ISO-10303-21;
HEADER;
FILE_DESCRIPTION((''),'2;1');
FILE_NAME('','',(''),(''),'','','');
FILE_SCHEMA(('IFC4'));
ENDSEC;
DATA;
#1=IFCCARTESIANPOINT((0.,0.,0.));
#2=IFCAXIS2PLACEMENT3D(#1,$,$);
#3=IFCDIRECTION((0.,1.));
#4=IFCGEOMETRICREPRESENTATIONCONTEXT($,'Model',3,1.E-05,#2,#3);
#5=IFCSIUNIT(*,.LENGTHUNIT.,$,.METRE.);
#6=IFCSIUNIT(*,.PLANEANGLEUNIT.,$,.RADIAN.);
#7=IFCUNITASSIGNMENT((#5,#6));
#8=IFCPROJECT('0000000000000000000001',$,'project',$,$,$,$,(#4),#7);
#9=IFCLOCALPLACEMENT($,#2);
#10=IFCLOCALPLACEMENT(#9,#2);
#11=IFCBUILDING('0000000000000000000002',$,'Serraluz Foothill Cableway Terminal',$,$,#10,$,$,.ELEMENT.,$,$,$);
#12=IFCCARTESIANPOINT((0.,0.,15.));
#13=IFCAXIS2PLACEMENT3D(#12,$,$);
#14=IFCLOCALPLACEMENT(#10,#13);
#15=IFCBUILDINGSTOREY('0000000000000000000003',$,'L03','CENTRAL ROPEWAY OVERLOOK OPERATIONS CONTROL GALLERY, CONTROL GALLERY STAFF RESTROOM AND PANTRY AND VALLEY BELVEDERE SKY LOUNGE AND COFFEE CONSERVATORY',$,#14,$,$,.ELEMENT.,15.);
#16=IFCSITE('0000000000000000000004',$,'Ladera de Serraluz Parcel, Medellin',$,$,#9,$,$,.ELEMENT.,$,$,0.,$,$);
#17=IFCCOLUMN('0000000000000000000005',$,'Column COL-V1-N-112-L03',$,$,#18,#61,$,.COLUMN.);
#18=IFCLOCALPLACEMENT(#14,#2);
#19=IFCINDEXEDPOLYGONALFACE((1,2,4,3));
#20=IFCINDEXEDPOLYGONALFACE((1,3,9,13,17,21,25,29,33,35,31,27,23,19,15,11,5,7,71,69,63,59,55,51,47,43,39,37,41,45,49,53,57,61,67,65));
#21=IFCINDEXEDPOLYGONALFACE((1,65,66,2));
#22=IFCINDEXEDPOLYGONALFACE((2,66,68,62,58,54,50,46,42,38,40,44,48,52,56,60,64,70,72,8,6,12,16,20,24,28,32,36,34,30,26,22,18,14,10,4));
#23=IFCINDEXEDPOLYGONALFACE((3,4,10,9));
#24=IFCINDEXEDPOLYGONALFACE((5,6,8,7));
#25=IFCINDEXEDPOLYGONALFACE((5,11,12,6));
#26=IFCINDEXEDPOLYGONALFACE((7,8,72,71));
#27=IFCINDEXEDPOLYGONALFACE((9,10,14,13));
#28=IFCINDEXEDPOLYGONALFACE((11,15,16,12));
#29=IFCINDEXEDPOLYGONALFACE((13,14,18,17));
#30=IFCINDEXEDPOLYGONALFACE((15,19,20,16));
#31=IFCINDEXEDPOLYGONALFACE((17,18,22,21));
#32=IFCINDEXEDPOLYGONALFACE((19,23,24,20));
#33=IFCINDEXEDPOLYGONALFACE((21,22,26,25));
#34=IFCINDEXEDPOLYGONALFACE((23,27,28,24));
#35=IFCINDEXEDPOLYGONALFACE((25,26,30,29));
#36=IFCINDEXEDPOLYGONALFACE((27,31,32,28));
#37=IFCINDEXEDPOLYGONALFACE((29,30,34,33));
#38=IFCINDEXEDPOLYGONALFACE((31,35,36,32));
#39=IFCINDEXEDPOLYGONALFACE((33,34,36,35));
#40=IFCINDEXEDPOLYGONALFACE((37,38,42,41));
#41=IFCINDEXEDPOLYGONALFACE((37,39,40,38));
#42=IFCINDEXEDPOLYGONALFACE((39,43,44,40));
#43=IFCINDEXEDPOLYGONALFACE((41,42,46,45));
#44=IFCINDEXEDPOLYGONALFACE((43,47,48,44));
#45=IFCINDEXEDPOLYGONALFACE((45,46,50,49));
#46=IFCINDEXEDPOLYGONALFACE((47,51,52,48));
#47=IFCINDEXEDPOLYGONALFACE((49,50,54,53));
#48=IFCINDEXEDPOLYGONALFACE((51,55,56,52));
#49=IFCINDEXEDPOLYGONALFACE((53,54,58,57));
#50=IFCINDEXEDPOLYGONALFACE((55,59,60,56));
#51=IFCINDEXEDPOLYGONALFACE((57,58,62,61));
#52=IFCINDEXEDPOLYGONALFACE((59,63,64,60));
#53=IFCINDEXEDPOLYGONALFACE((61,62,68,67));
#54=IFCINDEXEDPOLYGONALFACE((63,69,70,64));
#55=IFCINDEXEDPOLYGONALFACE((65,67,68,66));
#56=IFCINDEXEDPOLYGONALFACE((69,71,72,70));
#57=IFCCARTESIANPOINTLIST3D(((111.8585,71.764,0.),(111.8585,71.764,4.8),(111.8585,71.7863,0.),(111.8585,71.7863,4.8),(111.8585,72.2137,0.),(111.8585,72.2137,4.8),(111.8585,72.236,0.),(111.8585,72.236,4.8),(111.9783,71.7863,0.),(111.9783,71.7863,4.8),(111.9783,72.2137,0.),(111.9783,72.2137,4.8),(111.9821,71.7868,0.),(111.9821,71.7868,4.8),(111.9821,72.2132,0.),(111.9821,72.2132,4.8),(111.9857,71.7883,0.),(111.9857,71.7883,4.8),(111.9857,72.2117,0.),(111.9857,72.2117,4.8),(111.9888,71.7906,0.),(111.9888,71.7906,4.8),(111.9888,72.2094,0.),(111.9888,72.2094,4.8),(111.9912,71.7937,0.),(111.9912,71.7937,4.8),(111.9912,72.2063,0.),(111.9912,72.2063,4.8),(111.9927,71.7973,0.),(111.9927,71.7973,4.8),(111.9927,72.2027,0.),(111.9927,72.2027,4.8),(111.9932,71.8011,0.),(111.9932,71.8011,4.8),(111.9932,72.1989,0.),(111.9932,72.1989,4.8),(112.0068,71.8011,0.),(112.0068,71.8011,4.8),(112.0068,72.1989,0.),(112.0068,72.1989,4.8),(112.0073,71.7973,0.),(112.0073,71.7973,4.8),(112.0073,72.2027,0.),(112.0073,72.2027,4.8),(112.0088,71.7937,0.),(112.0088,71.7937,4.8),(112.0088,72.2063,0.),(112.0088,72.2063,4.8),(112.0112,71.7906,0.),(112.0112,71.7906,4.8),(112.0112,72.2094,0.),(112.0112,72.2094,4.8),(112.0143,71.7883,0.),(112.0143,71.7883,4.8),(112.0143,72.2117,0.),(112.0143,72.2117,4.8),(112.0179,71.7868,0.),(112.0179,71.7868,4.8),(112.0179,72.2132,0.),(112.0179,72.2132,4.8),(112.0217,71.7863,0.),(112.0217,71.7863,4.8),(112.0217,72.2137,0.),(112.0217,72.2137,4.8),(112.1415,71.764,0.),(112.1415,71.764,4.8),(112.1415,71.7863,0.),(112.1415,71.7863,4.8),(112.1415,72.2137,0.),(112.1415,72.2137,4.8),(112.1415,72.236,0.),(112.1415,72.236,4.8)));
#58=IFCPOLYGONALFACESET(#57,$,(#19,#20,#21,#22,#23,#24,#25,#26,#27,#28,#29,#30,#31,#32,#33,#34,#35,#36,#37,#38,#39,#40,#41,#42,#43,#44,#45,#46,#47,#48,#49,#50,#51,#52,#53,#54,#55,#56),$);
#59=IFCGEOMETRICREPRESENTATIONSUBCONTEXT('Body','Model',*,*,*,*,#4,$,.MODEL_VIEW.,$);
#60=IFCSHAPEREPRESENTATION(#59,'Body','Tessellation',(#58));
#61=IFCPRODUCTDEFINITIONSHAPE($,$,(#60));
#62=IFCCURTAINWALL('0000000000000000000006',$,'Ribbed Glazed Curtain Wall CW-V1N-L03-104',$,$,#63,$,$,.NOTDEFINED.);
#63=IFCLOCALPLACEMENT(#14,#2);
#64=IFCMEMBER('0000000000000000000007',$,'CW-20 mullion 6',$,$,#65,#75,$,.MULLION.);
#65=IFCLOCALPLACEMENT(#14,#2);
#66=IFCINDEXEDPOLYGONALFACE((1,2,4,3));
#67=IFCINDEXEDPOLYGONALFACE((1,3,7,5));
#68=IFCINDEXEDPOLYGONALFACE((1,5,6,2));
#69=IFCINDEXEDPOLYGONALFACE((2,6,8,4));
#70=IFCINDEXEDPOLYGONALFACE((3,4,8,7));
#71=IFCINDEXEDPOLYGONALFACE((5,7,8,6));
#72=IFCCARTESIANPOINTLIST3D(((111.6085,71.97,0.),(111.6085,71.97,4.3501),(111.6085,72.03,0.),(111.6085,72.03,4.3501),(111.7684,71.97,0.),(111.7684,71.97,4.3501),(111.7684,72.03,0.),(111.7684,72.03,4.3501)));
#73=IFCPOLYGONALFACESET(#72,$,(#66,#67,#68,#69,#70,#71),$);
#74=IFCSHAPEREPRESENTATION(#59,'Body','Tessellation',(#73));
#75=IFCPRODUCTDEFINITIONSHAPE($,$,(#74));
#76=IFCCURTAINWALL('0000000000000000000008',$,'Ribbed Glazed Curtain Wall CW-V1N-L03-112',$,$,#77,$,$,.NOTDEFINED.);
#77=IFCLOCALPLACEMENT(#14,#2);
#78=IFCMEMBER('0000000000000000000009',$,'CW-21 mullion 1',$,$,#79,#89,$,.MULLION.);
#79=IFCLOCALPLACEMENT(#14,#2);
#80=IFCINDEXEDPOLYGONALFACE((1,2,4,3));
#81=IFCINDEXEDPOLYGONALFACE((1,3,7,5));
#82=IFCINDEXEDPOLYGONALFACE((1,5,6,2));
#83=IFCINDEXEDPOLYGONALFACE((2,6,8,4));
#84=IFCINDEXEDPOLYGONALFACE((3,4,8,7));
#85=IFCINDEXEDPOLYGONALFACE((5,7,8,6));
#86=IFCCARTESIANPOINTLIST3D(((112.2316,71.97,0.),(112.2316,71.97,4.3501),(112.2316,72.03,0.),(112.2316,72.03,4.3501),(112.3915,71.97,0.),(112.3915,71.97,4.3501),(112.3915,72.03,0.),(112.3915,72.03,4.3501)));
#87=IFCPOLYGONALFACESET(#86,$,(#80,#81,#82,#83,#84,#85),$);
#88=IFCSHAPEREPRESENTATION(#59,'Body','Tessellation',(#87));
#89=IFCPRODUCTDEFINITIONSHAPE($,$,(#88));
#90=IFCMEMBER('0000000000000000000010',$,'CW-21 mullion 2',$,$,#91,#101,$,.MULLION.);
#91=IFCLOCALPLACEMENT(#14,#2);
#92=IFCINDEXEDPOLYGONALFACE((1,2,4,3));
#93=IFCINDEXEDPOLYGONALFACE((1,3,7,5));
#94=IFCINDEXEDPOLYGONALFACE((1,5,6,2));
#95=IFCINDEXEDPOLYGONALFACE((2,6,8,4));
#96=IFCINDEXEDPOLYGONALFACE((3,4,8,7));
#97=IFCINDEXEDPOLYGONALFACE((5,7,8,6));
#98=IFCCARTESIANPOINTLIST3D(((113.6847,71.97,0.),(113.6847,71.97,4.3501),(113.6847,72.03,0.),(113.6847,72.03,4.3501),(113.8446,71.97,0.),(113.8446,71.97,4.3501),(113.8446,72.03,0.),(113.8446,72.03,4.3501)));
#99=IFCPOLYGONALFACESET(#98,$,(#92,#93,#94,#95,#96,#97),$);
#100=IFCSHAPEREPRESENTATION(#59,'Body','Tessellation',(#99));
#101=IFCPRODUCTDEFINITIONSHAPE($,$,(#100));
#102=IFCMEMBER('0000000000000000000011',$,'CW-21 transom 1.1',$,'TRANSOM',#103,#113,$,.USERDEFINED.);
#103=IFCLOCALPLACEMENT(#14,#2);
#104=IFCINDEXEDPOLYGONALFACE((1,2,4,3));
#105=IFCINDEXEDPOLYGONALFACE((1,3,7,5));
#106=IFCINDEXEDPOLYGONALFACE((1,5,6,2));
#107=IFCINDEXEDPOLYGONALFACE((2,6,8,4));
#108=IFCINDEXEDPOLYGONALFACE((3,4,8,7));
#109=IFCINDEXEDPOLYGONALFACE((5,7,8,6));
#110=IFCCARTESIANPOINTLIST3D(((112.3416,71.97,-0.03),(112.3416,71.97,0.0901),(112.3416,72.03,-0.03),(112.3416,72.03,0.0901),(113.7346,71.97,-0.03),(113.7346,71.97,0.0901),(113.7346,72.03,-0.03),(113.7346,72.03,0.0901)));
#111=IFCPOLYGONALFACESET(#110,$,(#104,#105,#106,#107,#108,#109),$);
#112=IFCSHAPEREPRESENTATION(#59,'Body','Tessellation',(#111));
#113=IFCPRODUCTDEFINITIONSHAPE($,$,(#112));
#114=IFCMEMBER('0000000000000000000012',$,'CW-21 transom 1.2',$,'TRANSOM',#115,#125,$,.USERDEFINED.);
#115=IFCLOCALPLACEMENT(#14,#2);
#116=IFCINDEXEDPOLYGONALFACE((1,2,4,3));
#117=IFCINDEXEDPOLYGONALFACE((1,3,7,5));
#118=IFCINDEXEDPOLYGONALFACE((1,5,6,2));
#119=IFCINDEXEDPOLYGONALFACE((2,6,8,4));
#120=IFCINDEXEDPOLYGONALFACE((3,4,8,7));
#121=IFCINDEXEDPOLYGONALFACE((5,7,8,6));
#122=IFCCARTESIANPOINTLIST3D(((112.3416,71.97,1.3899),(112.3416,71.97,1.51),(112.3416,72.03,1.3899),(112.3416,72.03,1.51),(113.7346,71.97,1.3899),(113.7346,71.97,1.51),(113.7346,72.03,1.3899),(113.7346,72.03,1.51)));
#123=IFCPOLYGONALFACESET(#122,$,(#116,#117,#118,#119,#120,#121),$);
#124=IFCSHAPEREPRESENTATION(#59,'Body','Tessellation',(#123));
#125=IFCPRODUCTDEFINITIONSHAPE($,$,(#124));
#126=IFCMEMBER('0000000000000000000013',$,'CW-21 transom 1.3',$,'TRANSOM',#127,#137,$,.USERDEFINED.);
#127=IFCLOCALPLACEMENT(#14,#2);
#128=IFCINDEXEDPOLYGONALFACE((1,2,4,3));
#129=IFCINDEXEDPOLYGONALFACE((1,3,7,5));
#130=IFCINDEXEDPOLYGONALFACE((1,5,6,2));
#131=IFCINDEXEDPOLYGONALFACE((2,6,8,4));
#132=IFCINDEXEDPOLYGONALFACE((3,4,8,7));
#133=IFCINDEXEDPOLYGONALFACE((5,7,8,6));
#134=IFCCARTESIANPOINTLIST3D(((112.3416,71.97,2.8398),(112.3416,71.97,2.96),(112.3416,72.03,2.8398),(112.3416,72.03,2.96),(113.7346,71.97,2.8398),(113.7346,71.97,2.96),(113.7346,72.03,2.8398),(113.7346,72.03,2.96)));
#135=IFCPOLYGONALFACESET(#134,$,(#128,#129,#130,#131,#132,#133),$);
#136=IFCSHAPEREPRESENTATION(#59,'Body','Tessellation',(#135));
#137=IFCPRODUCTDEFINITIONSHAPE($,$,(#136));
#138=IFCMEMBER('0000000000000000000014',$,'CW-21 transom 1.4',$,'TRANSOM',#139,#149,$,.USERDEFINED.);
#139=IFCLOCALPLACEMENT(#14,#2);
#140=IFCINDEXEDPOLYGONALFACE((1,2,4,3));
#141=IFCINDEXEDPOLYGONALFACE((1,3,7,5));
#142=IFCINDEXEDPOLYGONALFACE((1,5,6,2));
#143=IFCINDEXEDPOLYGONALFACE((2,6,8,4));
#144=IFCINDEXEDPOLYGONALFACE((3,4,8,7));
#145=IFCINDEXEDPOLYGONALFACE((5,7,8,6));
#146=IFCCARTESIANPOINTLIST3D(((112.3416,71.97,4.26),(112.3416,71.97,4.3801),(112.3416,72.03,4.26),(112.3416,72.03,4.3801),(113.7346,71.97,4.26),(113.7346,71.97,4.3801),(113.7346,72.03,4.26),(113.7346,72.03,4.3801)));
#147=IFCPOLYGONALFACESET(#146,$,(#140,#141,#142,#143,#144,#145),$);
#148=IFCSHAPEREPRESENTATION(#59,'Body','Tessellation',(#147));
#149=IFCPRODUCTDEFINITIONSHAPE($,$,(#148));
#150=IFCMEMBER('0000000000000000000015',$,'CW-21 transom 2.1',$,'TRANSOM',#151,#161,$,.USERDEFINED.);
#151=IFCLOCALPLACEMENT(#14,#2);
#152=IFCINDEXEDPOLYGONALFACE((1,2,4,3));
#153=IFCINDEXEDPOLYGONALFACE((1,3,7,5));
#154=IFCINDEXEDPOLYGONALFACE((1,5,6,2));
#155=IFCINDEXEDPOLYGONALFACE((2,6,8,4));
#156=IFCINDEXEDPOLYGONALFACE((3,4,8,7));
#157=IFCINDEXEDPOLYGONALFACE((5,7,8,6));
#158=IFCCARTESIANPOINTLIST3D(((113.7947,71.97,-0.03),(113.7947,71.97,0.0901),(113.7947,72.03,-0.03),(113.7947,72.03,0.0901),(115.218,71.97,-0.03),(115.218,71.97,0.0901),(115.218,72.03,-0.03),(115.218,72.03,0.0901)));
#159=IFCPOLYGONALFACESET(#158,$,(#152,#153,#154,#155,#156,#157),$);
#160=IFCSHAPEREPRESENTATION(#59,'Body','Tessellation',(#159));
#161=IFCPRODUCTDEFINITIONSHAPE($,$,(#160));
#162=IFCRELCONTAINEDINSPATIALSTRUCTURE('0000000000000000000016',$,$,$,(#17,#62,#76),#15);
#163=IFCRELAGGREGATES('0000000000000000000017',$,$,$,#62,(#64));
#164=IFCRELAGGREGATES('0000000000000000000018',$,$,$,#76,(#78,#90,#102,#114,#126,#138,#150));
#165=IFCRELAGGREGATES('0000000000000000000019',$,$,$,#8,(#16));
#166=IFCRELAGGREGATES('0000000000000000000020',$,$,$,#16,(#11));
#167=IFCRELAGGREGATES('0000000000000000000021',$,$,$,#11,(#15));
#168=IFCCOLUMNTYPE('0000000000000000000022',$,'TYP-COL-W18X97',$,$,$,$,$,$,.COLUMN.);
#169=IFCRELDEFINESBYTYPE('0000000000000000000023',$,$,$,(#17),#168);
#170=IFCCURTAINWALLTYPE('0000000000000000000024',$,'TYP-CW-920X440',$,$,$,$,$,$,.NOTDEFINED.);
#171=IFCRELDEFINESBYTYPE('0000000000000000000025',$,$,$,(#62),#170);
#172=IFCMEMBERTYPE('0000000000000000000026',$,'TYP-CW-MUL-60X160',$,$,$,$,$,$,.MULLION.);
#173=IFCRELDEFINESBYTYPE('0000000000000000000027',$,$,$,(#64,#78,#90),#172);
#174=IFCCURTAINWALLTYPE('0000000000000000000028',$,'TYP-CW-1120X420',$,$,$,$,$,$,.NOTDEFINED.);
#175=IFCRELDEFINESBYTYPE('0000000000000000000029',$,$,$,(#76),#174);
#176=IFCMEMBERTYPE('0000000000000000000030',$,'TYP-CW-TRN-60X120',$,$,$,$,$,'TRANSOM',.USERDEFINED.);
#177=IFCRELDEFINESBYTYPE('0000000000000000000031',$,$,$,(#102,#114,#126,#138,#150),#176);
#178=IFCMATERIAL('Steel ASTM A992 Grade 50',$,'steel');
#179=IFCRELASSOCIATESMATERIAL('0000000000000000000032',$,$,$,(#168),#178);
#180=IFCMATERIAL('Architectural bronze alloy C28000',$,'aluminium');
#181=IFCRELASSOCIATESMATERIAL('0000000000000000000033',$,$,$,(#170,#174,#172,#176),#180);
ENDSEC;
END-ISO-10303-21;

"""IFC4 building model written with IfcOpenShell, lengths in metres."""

from ifc_helpers import new_model, si_unit, direction, frame, origin, origin_2d, place, context, subcontext, project, spatial, rectangle, i_section, extrude, material, material_profile, profile_set, type_object, element, aggregate, save


model = new_model("IFC4")

# Units and contexts
model_context = context("Model", 3, precision=1e-05, world=origin(), true_north=direction((0.0, 1.0)))
body_context = subcontext(model_context, "Body", "Model", "MODEL_VIEW")
ifc_project = project(units=[si_unit("LENGTHUNIT", "METRE"), si_unit("PLANEANGLEUNIT", "RADIAN")], contexts=[model_context])

# Site, building, storey
site_placement = place(None, origin())
site = spatial("IfcSite", under=ifc_project, at=site_placement, Name="Ladera de Serraluz Parcel, Medellin", CompositionType="ELEMENT", RefElevation=0.0)
building_placement = place(site_placement, origin())
building = spatial("IfcBuilding", under=site, at=building_placement, Name="Serraluz Foothill Cableway Terminal", CompositionType="ELEMENT")
storey_placement = place(building_placement, frame((0.0, 0.0, 15.0)))
storey = spatial("IfcBuildingStorey", under=building, at=storey_placement, Name="L03", Description="CENTRAL ROPEWAY OVERLOOK OPERATIONS CONTROL GALLERY, CONTROL GALLERY STAFF RESTROOM AND PANTRY AND VALLEY BELVEDERE SKY LOUNGE AND COFFEE CONSERVATORY", CompositionType="ELEMENT", Elevation=15.0)

# Column
ifc_material_1 = material(Name="Steel ASTM A992 Grade 50", Category="steel")
ifc_material_profile_1 = material_profile(ifc_material_1, i_section(OverallWidth=0.283, OverallDepth=0.4719, WebThickness=0.0137, FlangeThickness=0.0222, FilletRadius=0.0149, at=origin_2d()), Name="W18X97")
ifc_profile_set_1 = profile_set([ifc_material_profile_1], Name="Steel ASTM A992 Grade 50")
column_type = type_object("IfcColumnType", Name="TYP-COL-W18X97", PredefinedType="COLUMN", material=ifc_profile_set_1)
column_placement = place(storey_placement, frame((112.0, 72.0, 0.0), z_axis=(0.0, 0.0, 1.0), x_axis=(1.0, 0.0, 0.0)))
element("IfcColumn", 1, at=column_placement, inside=storey, type_object=column_type, Name="Column COL-V1-N-112-L03", PredefinedType="COLUMN", context=body_context, shape_type="SweptSolid", body=[
    extrude(i_section(OverallWidth=0.283, OverallDepth=0.4719, WebThickness=0.0137, FlangeThickness=0.0222, FilletRadius=0.0149, at=origin_2d()), origin(), (0.0, 0.0, 1.0), 4.8),
])

# Curtain wall, member
ifc_material_2 = material(Name="Architectural bronze alloy C28000", Category="aluminium")
curtain_wall_type_1 = type_object("IfcCurtainWallType", Name="TYP-CW-920X440", PredefinedType="NOTDEFINED", material=ifc_material_2)
curtain_wall_1_placement = place(storey_placement, origin())
curtain_wall_1 = element("IfcCurtainWall", 2, at=curtain_wall_1_placement, inside=storey, type_object=curtain_wall_type_1, Name="Ribbed Glazed Curtain Wall CW-V1N-L03-104", PredefinedType="NOTDEFINED")
ifc_material_profile_2 = material_profile(ifc_material_2, rectangle(XDim=0.0601, YDim=0.1599, at=origin_2d()), Name="ALU MULLION 60x160")
ifc_profile_set_2 = profile_set([ifc_material_profile_2], Name="Architectural bronze alloy C28000")
member_type_1 = type_object("IfcMemberType", Name="TYP-CW-MUL-60X160", PredefinedType="MULLION", material=ifc_profile_set_2)
member_1_placement = place(storey_placement, frame((111.6885, 72.0, 0.0), z_axis=(0.0, 0.0, 1.0), x_axis=(0.0, 1.0, 0.0)))
member_1 = element("IfcMember", 3, at=member_1_placement, type_object=member_type_1, Name="CW-20 mullion 6", PredefinedType="MULLION", context=body_context, shape_type="SweptSolid", body=[
    extrude(rectangle(XDim=0.0601, YDim=0.1599, at=origin_2d()), origin(), (0.0, 0.0, 1.0), 4.3501),
])

# Curtain wall, members
curtain_wall_type_2 = type_object("IfcCurtainWallType", Name="TYP-CW-1120X420", PredefinedType="NOTDEFINED", material=ifc_material_2)
curtain_wall_2_placement = place(storey_placement, origin())
curtain_wall_2 = element("IfcCurtainWall", 4, at=curtain_wall_2_placement, inside=storey, type_object=curtain_wall_type_2, Name="Ribbed Glazed Curtain Wall CW-V1N-L03-112", PredefinedType="NOTDEFINED")
member_2_placement = place(storey_placement, frame((112.3115, 72.0, 0.0), z_axis=(0.0, 0.0, 1.0), x_axis=(0.0, 1.0, 0.0)))
member_2 = element("IfcMember", 5, at=member_2_placement, type_object=member_type_1, Name="CW-21 mullion 1", PredefinedType="MULLION", context=body_context, shape_type="SweptSolid", body=[
    extrude(rectangle(XDim=0.0601, YDim=0.1599, at=origin_2d()), origin(), (0.0, 0.0, 1.0), 4.3501),
])
member_3_placement = place(storey_placement, frame((113.7646, 72.0, 0.0), z_axis=(0.0, 0.0, 1.0), x_axis=(0.0, 1.0, 0.0)))
member_3 = element("IfcMember", 6, at=member_3_placement, type_object=member_type_1, Name="CW-21 mullion 2", PredefinedType="MULLION", context=body_context, shape_type="SweptSolid", body=[
    extrude(rectangle(XDim=0.0601, YDim=0.1599, at=origin_2d()), origin(), (0.0, 0.0, 1.0), 4.3501),
])
ifc_material_profile_3 = material_profile(ifc_material_2, rectangle(XDim=0.0601, YDim=0.1201, at=origin_2d()), Name="ALU TRANSOM 60x120")
ifc_profile_set_3 = profile_set([ifc_material_profile_3], Name="Architectural bronze alloy C28000")
member_type_2 = type_object("IfcMemberType", Name="TYP-CW-TRN-60X120", ElementType="TRANSOM", PredefinedType="USERDEFINED", material=ifc_profile_set_3)
member_4_placement = place(storey_placement, frame((112.3416, 72.0, 0.03), z_axis=(1.0, 0.0, 0.0), x_axis=(0.0, 1.0, 0.0)))
member_4 = element("IfcMember", 7, at=member_4_placement, type_object=member_type_2, Name="CW-21 transom 1.1", ObjectType="TRANSOM", PredefinedType="USERDEFINED", context=body_context, shape_type="SweptSolid", body=[
    extrude(rectangle(XDim=0.0601, YDim=0.1201, at=origin_2d()), origin(), (0.0, 0.0, 1.0), 1.3931),
])
member_5_placement = place(storey_placement, frame((112.3416, 72.0, 1.45), z_axis=(1.0, 0.0, 0.0), x_axis=(0.0, 1.0, 0.0)))
member_5 = element("IfcMember", 8, at=member_5_placement, type_object=member_type_2, Name="CW-21 transom 1.2", ObjectType="TRANSOM", PredefinedType="USERDEFINED", context=body_context, shape_type="SweptSolid", body=[
    extrude(rectangle(XDim=0.0601, YDim=0.1201, at=origin_2d()), origin(), (0.0, 0.0, 1.0), 1.3931),
])
member_6_placement = place(storey_placement, frame((112.3416, 72.0, 2.8999), z_axis=(1.0, 0.0, 0.0), x_axis=(0.0, 1.0, 0.0)))
member_6 = element("IfcMember", 9, at=member_6_placement, type_object=member_type_2, Name="CW-21 transom 1.3", ObjectType="TRANSOM", PredefinedType="USERDEFINED", context=body_context, shape_type="SweptSolid", body=[
    extrude(rectangle(XDim=0.0601, YDim=0.1201, at=origin_2d()), origin(), (0.0, 0.0, 1.0), 1.3931),
])
member_7_placement = place(storey_placement, frame((112.3416, 72.0, 4.3201), z_axis=(1.0, 0.0, 0.0), x_axis=(0.0, 1.0, 0.0)))
member_7 = element("IfcMember", 10, at=member_7_placement, type_object=member_type_2, Name="CW-21 transom 1.4", ObjectType="TRANSOM", PredefinedType="USERDEFINED", context=body_context, shape_type="SweptSolid", body=[
    extrude(rectangle(XDim=0.0601, YDim=0.1201, at=origin_2d()), origin(), (0.0, 0.0, 1.0), 1.3931),
])
member_8_placement = place(storey_placement, frame((113.7947, 72.0, 0.03), z_axis=(1.0, 0.0, 0.0), x_axis=(0.0, 1.0, 0.0)))
member_8 = element("IfcMember", 11, at=member_8_placement, type_object=member_type_2, Name="CW-21 transom 2.1", ObjectType="TRANSOM", PredefinedType="USERDEFINED", context=body_context, shape_type="SweptSolid", body=[
    extrude(rectangle(XDim=0.0601, YDim=0.1201, at=origin_2d()), origin(), (0.0, 0.0, 1.0), 1.4233),
])

aggregate(curtain_wall_1, [member_1])
aggregate(curtain_wall_2, [member_2, member_3, member_4, member_5, member_6, member_7, member_8])

save(model, "model.ifc")
